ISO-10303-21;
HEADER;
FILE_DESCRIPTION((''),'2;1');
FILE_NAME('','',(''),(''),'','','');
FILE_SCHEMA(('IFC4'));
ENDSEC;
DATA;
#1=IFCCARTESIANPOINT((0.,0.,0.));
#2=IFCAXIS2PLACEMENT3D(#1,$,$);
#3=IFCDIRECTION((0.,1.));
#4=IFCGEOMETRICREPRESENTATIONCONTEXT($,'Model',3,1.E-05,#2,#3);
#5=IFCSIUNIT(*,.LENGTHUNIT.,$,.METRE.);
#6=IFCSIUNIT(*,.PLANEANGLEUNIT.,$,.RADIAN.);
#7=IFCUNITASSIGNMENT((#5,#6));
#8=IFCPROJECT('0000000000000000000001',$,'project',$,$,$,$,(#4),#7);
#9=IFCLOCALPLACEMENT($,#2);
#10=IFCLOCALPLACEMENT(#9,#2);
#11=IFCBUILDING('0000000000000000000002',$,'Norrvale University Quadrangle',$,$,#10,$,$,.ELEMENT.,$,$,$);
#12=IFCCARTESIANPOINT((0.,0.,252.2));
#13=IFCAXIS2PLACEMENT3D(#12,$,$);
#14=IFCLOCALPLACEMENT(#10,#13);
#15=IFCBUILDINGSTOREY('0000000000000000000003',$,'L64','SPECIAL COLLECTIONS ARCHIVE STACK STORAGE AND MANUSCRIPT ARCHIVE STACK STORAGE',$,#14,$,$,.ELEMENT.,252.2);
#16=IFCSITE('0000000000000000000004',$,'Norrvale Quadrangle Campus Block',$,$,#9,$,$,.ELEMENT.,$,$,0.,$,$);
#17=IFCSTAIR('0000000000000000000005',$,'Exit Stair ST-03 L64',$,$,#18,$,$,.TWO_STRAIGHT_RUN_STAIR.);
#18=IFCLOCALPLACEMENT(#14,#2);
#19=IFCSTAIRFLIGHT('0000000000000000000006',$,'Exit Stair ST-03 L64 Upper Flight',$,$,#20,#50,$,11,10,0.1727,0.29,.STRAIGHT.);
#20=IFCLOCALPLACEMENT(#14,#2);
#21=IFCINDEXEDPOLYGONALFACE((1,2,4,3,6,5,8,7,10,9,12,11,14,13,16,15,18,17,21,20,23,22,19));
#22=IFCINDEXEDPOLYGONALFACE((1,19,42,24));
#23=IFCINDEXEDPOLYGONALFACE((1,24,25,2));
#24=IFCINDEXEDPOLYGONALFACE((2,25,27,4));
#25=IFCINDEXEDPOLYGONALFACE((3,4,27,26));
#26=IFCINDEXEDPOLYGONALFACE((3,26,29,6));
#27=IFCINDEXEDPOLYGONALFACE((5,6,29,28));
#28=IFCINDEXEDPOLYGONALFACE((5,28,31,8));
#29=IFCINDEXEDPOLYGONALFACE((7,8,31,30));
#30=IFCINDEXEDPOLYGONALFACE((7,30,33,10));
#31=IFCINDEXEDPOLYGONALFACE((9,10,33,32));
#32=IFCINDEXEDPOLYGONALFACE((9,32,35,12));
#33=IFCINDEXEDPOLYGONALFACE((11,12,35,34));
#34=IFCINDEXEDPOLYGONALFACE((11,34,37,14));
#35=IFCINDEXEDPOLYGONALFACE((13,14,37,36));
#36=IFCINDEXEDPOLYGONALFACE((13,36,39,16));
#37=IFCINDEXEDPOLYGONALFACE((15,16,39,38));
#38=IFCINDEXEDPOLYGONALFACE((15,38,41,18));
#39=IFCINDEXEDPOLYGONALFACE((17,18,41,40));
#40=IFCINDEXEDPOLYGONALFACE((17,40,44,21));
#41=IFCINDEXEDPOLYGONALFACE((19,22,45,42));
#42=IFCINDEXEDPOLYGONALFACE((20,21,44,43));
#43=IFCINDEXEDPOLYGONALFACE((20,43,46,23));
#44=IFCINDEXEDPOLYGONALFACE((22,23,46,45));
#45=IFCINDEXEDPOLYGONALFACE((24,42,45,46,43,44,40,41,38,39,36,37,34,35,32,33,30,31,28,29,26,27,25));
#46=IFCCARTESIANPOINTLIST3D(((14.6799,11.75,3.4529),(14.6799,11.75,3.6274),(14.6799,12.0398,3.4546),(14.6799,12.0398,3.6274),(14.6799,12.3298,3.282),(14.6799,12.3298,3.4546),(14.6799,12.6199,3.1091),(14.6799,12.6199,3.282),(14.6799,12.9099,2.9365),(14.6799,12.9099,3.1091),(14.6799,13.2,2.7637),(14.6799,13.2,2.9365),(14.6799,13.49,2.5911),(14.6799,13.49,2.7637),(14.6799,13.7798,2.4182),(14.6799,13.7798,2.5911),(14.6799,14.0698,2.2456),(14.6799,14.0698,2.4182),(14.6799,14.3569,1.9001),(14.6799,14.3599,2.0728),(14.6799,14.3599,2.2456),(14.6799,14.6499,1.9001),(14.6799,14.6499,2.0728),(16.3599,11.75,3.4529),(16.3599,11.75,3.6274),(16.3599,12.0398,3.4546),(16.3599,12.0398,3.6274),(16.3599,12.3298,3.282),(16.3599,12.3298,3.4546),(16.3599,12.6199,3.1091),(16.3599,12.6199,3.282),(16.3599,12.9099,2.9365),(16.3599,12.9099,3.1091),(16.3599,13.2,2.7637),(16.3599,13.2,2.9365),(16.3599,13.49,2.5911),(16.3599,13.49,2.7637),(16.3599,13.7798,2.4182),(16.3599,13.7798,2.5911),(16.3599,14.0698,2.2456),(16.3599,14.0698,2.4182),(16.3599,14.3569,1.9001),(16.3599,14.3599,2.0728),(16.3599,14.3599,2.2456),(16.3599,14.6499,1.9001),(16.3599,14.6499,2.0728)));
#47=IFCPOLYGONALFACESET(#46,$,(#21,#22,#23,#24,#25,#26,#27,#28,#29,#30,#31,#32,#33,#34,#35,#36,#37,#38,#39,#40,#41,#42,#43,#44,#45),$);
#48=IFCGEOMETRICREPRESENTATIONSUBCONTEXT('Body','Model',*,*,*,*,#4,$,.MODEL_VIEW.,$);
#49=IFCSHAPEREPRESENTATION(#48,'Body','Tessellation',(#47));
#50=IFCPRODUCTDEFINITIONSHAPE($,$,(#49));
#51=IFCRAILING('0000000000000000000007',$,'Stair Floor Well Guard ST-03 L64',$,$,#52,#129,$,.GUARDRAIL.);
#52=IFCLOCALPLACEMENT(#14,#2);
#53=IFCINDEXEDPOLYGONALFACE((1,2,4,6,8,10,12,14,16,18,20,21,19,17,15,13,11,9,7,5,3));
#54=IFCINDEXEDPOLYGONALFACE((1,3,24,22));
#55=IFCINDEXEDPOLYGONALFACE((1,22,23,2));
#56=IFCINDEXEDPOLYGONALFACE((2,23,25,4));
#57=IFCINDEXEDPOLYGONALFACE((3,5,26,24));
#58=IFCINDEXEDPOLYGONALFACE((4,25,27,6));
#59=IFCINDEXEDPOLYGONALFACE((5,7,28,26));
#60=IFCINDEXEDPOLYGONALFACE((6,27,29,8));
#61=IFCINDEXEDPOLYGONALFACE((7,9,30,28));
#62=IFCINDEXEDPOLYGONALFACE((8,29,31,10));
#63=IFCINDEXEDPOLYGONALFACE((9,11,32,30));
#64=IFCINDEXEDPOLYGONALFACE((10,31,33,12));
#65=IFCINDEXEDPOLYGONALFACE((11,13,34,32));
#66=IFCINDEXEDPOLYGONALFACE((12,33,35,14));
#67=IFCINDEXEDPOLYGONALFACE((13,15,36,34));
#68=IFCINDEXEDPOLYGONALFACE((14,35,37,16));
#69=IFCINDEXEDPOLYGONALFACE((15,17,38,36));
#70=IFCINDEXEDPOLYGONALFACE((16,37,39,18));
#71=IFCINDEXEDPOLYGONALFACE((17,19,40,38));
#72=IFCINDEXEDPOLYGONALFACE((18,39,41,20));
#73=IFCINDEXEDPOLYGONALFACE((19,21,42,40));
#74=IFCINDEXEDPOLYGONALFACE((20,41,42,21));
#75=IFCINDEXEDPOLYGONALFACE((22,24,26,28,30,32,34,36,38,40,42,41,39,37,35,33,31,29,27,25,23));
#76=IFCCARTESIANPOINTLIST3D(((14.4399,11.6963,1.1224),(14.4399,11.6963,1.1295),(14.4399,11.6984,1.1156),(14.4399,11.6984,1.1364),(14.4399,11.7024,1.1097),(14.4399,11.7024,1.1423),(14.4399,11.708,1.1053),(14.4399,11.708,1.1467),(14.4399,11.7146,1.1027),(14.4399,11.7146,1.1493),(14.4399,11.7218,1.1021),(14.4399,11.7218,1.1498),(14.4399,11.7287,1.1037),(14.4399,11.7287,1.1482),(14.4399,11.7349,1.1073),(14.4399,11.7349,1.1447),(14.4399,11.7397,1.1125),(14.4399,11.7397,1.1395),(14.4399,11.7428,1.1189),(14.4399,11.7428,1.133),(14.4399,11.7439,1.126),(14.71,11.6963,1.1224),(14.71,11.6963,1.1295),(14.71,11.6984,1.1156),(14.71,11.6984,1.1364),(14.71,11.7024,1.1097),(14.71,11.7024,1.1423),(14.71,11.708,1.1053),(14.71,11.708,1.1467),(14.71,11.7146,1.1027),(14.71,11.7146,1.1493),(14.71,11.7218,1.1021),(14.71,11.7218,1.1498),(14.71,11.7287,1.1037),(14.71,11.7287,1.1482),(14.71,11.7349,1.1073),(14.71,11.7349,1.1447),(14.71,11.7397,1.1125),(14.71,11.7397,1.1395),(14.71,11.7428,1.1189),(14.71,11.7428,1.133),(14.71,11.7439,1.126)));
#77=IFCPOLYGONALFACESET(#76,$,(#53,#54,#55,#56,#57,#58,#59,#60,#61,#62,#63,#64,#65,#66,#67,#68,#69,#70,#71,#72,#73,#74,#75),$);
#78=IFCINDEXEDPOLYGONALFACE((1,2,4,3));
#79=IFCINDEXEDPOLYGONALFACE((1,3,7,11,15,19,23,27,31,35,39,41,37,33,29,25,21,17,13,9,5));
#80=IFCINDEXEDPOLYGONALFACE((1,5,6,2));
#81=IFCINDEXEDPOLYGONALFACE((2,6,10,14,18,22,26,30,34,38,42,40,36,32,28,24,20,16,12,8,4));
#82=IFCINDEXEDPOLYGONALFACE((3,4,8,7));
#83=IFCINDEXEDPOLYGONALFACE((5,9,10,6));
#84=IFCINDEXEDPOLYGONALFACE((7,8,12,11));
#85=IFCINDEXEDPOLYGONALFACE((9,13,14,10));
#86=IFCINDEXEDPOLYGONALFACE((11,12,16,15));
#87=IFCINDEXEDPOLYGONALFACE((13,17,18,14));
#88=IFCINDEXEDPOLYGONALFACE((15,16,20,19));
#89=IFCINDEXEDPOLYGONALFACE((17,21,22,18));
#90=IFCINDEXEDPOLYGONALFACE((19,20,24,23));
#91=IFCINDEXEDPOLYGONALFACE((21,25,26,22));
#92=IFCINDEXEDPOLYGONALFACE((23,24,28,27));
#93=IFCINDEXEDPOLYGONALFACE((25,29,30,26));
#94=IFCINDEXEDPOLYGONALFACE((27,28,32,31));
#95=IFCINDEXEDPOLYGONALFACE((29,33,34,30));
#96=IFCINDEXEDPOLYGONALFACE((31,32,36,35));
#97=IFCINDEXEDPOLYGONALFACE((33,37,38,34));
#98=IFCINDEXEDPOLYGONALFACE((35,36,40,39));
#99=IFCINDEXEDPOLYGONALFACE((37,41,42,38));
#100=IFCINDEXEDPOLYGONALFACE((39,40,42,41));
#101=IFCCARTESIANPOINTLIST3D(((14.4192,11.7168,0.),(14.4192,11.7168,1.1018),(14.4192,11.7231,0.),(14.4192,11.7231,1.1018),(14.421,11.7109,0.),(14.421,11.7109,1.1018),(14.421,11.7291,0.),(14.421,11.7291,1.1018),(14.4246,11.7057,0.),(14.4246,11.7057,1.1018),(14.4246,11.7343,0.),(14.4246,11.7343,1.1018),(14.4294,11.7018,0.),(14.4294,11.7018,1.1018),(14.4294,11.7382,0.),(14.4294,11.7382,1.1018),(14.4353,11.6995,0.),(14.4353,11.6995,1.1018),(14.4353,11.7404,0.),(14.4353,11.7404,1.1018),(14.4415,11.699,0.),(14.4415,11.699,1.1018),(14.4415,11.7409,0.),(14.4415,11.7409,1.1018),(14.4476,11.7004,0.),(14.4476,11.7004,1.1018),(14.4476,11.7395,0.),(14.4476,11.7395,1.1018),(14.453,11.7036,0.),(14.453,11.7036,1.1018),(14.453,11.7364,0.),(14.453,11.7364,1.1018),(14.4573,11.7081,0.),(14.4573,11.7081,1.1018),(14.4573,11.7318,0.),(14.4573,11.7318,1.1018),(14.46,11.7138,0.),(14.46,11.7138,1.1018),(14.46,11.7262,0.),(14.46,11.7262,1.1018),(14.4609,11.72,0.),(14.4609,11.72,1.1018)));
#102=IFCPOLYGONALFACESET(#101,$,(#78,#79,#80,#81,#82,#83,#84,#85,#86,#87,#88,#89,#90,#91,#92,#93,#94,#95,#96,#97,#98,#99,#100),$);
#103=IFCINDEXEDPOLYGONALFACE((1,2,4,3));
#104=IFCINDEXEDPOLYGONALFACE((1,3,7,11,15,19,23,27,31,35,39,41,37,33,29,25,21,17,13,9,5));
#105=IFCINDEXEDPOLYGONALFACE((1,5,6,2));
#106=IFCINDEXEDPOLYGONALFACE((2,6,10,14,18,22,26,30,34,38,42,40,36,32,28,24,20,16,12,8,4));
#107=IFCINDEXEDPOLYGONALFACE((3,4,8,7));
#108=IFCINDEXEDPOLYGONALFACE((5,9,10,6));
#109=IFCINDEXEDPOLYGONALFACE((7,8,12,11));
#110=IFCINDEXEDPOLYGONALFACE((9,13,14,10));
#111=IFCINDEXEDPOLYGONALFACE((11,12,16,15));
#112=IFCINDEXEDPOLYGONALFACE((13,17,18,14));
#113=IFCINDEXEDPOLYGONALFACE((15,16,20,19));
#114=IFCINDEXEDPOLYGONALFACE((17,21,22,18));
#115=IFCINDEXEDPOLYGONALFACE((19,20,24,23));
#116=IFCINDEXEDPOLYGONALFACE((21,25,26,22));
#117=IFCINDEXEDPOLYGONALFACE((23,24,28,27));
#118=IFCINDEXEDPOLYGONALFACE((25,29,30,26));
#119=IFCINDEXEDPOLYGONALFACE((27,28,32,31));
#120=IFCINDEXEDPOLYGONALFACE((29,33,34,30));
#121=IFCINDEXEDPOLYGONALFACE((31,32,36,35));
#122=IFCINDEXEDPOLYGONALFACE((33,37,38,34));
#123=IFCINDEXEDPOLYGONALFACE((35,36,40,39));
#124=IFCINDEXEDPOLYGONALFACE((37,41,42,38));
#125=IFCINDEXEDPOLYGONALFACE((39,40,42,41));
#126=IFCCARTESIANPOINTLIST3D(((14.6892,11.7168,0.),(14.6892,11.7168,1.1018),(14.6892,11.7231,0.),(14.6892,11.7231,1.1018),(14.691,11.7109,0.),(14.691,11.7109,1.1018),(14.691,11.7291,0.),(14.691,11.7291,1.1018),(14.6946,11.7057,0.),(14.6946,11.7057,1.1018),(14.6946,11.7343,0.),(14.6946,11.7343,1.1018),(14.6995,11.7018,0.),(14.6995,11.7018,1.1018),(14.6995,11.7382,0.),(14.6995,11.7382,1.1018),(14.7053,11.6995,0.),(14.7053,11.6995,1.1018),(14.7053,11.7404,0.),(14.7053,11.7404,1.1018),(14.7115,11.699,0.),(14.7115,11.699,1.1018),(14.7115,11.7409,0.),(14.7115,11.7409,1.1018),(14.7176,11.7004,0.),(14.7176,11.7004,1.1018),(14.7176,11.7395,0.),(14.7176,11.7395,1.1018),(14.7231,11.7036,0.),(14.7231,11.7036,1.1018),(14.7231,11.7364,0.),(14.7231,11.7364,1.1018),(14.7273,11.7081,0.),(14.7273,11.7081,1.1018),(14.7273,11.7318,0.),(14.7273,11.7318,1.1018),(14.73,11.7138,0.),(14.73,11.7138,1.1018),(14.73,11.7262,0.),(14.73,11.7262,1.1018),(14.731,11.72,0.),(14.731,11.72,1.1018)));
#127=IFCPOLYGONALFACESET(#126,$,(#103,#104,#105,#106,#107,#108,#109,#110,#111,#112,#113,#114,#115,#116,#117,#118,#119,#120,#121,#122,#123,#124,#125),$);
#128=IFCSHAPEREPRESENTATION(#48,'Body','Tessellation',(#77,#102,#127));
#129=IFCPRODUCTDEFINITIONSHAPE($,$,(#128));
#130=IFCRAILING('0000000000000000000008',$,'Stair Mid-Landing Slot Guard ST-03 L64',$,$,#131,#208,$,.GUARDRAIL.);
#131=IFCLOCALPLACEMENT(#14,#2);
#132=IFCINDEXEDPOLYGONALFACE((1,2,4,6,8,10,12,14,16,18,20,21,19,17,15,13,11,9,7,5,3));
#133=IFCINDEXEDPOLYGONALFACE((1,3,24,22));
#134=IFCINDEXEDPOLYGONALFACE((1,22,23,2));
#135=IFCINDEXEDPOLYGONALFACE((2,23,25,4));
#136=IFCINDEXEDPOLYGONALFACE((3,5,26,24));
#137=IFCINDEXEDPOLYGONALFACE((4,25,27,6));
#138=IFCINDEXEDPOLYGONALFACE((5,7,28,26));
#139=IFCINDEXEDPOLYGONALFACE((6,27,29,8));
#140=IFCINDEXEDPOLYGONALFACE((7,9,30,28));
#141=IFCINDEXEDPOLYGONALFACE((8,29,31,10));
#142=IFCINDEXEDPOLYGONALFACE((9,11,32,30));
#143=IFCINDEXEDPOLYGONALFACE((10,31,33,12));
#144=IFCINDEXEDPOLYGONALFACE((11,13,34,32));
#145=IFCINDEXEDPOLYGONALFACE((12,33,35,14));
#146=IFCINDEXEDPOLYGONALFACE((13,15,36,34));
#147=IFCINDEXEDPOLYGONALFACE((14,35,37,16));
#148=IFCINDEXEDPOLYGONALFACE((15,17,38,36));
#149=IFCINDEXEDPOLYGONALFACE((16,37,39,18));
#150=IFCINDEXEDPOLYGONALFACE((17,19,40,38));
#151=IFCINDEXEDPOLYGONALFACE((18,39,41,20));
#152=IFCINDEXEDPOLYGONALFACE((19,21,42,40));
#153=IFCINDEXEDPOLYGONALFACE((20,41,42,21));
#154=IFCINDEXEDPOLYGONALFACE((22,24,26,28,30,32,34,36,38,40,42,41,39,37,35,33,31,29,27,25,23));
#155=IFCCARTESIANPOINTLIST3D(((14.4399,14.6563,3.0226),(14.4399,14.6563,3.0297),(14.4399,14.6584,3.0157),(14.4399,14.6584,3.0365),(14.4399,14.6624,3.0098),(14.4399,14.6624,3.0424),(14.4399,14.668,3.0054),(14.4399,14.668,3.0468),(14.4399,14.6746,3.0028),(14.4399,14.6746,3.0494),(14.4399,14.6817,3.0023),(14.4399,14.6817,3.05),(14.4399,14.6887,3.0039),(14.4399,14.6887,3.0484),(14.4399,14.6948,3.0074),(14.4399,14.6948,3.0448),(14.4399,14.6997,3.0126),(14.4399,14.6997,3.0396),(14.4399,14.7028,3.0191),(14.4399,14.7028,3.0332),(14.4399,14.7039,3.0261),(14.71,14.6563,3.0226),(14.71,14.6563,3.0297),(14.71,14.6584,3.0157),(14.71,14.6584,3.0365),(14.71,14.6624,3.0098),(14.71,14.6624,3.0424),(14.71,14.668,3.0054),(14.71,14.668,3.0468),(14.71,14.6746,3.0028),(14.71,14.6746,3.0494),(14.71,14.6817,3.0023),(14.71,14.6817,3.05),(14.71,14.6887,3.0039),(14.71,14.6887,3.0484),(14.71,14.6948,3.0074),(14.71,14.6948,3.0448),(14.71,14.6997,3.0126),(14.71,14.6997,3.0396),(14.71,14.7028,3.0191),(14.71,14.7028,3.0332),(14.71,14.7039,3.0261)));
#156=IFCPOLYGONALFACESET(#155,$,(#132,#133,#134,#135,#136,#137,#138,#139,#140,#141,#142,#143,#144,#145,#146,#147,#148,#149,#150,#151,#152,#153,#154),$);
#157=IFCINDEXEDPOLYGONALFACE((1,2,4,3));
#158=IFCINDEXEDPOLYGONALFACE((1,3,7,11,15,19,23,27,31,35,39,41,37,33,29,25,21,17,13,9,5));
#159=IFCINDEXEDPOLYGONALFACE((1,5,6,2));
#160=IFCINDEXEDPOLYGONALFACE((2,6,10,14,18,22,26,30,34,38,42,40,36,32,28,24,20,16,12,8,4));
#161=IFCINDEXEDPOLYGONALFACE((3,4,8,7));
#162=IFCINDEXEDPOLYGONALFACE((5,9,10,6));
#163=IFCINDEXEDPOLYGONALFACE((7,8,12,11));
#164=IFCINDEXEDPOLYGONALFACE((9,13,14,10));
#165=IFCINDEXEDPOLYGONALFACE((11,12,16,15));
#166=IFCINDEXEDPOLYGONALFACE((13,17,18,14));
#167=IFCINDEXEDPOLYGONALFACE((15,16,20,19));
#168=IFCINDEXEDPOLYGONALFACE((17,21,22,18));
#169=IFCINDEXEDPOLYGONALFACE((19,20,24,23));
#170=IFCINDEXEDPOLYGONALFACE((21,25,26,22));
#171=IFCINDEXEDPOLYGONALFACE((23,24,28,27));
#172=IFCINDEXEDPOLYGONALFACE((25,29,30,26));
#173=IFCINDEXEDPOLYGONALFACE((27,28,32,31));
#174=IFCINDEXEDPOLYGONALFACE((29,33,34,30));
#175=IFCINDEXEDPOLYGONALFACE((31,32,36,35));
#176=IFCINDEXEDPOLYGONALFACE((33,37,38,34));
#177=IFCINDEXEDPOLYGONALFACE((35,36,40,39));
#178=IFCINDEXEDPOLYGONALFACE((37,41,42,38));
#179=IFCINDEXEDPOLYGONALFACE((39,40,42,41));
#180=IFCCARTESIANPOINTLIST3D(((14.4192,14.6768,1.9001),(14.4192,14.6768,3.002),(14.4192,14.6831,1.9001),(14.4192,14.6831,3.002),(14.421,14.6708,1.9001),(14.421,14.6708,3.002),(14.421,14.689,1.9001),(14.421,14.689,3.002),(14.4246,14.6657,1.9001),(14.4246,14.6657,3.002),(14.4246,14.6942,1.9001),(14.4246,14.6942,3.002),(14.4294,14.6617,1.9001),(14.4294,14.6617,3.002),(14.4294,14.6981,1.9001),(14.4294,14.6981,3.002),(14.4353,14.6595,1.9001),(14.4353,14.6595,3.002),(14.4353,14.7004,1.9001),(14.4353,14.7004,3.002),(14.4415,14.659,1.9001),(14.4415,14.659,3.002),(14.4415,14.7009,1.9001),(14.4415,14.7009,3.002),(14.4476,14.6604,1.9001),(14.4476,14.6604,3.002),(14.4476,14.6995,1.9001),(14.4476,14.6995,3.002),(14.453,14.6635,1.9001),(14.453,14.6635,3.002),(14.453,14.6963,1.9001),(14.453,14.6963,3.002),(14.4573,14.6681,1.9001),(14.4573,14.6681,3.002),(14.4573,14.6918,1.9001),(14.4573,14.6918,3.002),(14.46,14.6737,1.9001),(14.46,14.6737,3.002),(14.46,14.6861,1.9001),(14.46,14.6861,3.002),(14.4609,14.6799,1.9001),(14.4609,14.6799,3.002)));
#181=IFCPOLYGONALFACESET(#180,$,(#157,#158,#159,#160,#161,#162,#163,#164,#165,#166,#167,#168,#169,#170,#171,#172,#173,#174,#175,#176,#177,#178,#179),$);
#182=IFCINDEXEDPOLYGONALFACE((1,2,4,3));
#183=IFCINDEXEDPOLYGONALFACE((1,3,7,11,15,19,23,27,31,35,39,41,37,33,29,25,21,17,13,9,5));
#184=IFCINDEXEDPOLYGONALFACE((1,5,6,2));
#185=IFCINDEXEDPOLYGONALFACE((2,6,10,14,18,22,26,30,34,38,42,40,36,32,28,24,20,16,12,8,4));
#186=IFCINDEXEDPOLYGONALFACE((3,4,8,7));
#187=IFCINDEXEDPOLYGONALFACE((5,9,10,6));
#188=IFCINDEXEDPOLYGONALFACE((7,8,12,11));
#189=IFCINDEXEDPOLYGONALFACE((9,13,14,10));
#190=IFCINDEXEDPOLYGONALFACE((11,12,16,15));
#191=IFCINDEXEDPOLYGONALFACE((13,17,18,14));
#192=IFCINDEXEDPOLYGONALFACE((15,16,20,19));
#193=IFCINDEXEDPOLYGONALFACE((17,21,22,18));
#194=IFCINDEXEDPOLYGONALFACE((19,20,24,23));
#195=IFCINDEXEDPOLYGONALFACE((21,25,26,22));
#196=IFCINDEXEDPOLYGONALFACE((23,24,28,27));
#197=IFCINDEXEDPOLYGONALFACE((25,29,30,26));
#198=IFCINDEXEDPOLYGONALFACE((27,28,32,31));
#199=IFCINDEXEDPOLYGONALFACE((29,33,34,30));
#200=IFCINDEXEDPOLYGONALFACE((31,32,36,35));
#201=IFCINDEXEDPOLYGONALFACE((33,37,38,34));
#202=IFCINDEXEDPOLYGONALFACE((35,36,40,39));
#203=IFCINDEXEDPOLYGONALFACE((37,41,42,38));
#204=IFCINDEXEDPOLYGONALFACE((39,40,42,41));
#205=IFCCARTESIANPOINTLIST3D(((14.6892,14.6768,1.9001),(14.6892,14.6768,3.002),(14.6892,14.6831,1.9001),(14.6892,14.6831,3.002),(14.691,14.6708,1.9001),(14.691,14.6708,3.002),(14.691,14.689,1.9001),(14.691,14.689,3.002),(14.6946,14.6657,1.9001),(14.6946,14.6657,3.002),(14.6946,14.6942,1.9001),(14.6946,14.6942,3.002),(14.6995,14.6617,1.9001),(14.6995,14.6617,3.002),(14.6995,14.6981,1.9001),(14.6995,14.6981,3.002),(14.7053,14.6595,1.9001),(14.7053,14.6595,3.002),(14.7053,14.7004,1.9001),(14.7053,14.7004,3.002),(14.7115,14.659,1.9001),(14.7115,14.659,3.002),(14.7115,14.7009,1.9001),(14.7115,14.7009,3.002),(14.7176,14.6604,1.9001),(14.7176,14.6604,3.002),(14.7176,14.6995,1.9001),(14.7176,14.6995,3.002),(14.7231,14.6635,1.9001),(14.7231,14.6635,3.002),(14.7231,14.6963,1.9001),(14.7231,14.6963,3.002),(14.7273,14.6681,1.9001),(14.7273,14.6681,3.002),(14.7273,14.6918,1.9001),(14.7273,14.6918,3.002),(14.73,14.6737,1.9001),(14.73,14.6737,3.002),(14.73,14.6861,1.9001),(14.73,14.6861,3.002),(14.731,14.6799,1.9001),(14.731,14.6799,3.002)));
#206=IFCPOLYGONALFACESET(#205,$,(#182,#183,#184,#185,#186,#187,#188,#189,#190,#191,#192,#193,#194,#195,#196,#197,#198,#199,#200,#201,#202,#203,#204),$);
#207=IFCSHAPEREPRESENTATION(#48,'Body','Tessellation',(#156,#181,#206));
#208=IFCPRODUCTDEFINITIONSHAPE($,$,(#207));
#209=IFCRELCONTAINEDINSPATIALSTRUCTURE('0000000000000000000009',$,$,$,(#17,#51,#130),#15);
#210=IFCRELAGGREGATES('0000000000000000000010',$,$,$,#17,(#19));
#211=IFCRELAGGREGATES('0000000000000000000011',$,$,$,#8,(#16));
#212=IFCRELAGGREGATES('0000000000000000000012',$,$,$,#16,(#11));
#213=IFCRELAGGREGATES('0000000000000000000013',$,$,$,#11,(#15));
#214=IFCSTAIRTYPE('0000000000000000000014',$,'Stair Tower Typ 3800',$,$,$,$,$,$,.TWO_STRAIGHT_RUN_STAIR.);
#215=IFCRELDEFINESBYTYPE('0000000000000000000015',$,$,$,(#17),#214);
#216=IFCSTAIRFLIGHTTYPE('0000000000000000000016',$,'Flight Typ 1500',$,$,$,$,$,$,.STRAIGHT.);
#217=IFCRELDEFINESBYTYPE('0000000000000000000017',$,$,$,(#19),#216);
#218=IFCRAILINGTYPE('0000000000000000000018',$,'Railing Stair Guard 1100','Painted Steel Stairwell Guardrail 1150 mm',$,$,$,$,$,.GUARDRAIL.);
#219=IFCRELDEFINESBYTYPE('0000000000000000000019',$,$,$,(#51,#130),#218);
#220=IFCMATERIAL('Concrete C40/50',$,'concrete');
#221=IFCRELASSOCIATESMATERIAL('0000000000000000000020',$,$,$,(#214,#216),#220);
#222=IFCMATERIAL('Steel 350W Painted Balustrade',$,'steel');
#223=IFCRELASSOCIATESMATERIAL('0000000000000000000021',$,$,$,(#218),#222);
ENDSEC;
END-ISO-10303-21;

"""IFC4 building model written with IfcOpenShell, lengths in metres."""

from ifc_helpers import new_model, si_unit, direction, frame, origin, origin_2d, place, context, subcontext, project, spatial, polyline, circle, outline, extrude, material, type_object, element, aggregate, save


model = new_model("IFC4")

# Units and contexts
model_context = context("Model", 3, precision=1e-05, world=origin(), true_north=direction((0.0, 1.0)))
body_context = subcontext(model_context, "Body", "Model", "MODEL_VIEW")
ifc_project = project(units=[si_unit("LENGTHUNIT", "METRE"), si_unit("PLANEANGLEUNIT", "RADIAN")], contexts=[model_context])

# Site, building, storey
site_placement = place(None, origin())
site = spatial("IfcSite", under=ifc_project, at=site_placement, Name="Norrvale Quadrangle Campus Block", CompositionType="ELEMENT", RefElevation=0.0)
building_placement = place(site_placement, origin())
building = spatial("IfcBuilding", under=site, at=building_placement, Name="Norrvale University Quadrangle", CompositionType="ELEMENT")
storey_placement = place(building_placement, frame((0.0, 0.0, 252.2)))
storey = spatial("IfcBuildingStorey", under=building, at=storey_placement, Name="L64", Description="SPECIAL COLLECTIONS ARCHIVE STACK STORAGE AND MANUSCRIPT ARCHIVE STACK STORAGE", CompositionType="ELEMENT", Elevation=252.2)

# Stair, stair flight
ifc_material_1 = material(Name="Concrete C40/50", Category="concrete")
stair_type = type_object("IfcStairType", Name="Stair Tower Typ 3800", PredefinedType="TWO_STRAIGHT_RUN_STAIR", material=ifc_material_1)
stair_placement = place(storey_placement, origin())
stair = element("IfcStair", 1, at=stair_placement, inside=storey, type_object=stair_type, Name="Exit Stair ST-03 L64", PredefinedType="TWO_STRAIGHT_RUN_STAIR")
stair_flight_type = type_object("IfcStairFlightType", Name="Flight Typ 1500", PredefinedType="STRAIGHT", material=ifc_material_1)
stair_flight_1_placement = place(storey_placement, frame((15.52, 14.6499, 1.9001), z_axis=(0.0, 0.0, 1.0), x_axis=(0.0, -1.0, 0.0)))
stair_flight_1 = element("IfcStairFlight", 2, at=stair_flight_1_placement, type_object=stair_flight_type, Name="Exit Stair ST-03 L64 Upper Flight", NumberOfRisers=11, NumberOfTreads=10, PredefinedType="STRAIGHT", RiserHeight=0.1727, TreadLength=0.29, context=body_context, shape_type="SweptSolid", body=[
    extrude(outline(polyline([(0.0, 0.0), (0.0, 0.1726), (0.29, 0.1726), (0.29, 0.3455), (0.5801, 0.3455), (0.5801, 0.5181), (0.8701, 0.5181), (0.8701, 0.6909), (1.1599, 0.6909), (1.1599, 0.8635), (1.45, 0.8635), (1.45, 1.0364), (1.74, 1.0364), (1.74, 1.209), (2.03, 1.209), (2.03, 1.3818), (2.3201, 1.3818), (2.3201, 1.5544), (2.6101, 1.5544), (2.6101, 1.7273), (2.8999, 1.7273), (2.8999, 1.8999), (2.8999, 1.5527), (0.293, 0.0), (0.0, 0.0)])), frame((0.0, 0.8398, 0.0), z_axis=(0.0, -1.0, 0.0), x_axis=(1.0, 0.0, 0.0)), (0.0, 0.0, 1.0), 1.6799),
])
aggregate(stair, [stair_flight_1])

# Railings
ifc_material_2 = material(Name="Steel 350W Painted Balustrade", Category="steel")
railing_type_1 = type_object("IfcRailingType", Name="Railing Stair Guard 1100", Description="Painted Steel Stairwell Guardrail 1150 mm", PredefinedType="GUARDRAIL", material=ifc_material_2)
for number, where, name in (
    (3, (14.4399, 11.72, 0.0), "Stair Floor Well Guard ST-03 L64"),
    (4, (14.4399, 14.6799, 1.9001), "Stair Mid-Landing Slot Guard ST-03 L64"),
):
    element("IfcRailing", number, at=place(storey_placement, frame(where)), inside=storey, type_object=railing_type_1, Name=name, PredefinedType="GUARDRAIL", context=body_context, shape_type="SweptSolid", body=[
        extrude(circle(Radius=0.0239, at=origin_2d()), frame((0.0, 0.0, 1.126), z_axis=(1.0, 0.0, 0.0), x_axis=(0.0, 1.0, 0.0)), (0.0, 0.0, 1.0), 0.27),
        extrude(circle(Radius=0.021, at=origin_2d()), origin(), (0.0, 0.0, 1.0), 1.1018),
        extrude(circle(Radius=0.021, at=origin_2d()), frame((0.27, 0.0, 0.0)), (0.0, 0.0, 1.0), 1.1018),
    ])

save(model, "model.ifc")
